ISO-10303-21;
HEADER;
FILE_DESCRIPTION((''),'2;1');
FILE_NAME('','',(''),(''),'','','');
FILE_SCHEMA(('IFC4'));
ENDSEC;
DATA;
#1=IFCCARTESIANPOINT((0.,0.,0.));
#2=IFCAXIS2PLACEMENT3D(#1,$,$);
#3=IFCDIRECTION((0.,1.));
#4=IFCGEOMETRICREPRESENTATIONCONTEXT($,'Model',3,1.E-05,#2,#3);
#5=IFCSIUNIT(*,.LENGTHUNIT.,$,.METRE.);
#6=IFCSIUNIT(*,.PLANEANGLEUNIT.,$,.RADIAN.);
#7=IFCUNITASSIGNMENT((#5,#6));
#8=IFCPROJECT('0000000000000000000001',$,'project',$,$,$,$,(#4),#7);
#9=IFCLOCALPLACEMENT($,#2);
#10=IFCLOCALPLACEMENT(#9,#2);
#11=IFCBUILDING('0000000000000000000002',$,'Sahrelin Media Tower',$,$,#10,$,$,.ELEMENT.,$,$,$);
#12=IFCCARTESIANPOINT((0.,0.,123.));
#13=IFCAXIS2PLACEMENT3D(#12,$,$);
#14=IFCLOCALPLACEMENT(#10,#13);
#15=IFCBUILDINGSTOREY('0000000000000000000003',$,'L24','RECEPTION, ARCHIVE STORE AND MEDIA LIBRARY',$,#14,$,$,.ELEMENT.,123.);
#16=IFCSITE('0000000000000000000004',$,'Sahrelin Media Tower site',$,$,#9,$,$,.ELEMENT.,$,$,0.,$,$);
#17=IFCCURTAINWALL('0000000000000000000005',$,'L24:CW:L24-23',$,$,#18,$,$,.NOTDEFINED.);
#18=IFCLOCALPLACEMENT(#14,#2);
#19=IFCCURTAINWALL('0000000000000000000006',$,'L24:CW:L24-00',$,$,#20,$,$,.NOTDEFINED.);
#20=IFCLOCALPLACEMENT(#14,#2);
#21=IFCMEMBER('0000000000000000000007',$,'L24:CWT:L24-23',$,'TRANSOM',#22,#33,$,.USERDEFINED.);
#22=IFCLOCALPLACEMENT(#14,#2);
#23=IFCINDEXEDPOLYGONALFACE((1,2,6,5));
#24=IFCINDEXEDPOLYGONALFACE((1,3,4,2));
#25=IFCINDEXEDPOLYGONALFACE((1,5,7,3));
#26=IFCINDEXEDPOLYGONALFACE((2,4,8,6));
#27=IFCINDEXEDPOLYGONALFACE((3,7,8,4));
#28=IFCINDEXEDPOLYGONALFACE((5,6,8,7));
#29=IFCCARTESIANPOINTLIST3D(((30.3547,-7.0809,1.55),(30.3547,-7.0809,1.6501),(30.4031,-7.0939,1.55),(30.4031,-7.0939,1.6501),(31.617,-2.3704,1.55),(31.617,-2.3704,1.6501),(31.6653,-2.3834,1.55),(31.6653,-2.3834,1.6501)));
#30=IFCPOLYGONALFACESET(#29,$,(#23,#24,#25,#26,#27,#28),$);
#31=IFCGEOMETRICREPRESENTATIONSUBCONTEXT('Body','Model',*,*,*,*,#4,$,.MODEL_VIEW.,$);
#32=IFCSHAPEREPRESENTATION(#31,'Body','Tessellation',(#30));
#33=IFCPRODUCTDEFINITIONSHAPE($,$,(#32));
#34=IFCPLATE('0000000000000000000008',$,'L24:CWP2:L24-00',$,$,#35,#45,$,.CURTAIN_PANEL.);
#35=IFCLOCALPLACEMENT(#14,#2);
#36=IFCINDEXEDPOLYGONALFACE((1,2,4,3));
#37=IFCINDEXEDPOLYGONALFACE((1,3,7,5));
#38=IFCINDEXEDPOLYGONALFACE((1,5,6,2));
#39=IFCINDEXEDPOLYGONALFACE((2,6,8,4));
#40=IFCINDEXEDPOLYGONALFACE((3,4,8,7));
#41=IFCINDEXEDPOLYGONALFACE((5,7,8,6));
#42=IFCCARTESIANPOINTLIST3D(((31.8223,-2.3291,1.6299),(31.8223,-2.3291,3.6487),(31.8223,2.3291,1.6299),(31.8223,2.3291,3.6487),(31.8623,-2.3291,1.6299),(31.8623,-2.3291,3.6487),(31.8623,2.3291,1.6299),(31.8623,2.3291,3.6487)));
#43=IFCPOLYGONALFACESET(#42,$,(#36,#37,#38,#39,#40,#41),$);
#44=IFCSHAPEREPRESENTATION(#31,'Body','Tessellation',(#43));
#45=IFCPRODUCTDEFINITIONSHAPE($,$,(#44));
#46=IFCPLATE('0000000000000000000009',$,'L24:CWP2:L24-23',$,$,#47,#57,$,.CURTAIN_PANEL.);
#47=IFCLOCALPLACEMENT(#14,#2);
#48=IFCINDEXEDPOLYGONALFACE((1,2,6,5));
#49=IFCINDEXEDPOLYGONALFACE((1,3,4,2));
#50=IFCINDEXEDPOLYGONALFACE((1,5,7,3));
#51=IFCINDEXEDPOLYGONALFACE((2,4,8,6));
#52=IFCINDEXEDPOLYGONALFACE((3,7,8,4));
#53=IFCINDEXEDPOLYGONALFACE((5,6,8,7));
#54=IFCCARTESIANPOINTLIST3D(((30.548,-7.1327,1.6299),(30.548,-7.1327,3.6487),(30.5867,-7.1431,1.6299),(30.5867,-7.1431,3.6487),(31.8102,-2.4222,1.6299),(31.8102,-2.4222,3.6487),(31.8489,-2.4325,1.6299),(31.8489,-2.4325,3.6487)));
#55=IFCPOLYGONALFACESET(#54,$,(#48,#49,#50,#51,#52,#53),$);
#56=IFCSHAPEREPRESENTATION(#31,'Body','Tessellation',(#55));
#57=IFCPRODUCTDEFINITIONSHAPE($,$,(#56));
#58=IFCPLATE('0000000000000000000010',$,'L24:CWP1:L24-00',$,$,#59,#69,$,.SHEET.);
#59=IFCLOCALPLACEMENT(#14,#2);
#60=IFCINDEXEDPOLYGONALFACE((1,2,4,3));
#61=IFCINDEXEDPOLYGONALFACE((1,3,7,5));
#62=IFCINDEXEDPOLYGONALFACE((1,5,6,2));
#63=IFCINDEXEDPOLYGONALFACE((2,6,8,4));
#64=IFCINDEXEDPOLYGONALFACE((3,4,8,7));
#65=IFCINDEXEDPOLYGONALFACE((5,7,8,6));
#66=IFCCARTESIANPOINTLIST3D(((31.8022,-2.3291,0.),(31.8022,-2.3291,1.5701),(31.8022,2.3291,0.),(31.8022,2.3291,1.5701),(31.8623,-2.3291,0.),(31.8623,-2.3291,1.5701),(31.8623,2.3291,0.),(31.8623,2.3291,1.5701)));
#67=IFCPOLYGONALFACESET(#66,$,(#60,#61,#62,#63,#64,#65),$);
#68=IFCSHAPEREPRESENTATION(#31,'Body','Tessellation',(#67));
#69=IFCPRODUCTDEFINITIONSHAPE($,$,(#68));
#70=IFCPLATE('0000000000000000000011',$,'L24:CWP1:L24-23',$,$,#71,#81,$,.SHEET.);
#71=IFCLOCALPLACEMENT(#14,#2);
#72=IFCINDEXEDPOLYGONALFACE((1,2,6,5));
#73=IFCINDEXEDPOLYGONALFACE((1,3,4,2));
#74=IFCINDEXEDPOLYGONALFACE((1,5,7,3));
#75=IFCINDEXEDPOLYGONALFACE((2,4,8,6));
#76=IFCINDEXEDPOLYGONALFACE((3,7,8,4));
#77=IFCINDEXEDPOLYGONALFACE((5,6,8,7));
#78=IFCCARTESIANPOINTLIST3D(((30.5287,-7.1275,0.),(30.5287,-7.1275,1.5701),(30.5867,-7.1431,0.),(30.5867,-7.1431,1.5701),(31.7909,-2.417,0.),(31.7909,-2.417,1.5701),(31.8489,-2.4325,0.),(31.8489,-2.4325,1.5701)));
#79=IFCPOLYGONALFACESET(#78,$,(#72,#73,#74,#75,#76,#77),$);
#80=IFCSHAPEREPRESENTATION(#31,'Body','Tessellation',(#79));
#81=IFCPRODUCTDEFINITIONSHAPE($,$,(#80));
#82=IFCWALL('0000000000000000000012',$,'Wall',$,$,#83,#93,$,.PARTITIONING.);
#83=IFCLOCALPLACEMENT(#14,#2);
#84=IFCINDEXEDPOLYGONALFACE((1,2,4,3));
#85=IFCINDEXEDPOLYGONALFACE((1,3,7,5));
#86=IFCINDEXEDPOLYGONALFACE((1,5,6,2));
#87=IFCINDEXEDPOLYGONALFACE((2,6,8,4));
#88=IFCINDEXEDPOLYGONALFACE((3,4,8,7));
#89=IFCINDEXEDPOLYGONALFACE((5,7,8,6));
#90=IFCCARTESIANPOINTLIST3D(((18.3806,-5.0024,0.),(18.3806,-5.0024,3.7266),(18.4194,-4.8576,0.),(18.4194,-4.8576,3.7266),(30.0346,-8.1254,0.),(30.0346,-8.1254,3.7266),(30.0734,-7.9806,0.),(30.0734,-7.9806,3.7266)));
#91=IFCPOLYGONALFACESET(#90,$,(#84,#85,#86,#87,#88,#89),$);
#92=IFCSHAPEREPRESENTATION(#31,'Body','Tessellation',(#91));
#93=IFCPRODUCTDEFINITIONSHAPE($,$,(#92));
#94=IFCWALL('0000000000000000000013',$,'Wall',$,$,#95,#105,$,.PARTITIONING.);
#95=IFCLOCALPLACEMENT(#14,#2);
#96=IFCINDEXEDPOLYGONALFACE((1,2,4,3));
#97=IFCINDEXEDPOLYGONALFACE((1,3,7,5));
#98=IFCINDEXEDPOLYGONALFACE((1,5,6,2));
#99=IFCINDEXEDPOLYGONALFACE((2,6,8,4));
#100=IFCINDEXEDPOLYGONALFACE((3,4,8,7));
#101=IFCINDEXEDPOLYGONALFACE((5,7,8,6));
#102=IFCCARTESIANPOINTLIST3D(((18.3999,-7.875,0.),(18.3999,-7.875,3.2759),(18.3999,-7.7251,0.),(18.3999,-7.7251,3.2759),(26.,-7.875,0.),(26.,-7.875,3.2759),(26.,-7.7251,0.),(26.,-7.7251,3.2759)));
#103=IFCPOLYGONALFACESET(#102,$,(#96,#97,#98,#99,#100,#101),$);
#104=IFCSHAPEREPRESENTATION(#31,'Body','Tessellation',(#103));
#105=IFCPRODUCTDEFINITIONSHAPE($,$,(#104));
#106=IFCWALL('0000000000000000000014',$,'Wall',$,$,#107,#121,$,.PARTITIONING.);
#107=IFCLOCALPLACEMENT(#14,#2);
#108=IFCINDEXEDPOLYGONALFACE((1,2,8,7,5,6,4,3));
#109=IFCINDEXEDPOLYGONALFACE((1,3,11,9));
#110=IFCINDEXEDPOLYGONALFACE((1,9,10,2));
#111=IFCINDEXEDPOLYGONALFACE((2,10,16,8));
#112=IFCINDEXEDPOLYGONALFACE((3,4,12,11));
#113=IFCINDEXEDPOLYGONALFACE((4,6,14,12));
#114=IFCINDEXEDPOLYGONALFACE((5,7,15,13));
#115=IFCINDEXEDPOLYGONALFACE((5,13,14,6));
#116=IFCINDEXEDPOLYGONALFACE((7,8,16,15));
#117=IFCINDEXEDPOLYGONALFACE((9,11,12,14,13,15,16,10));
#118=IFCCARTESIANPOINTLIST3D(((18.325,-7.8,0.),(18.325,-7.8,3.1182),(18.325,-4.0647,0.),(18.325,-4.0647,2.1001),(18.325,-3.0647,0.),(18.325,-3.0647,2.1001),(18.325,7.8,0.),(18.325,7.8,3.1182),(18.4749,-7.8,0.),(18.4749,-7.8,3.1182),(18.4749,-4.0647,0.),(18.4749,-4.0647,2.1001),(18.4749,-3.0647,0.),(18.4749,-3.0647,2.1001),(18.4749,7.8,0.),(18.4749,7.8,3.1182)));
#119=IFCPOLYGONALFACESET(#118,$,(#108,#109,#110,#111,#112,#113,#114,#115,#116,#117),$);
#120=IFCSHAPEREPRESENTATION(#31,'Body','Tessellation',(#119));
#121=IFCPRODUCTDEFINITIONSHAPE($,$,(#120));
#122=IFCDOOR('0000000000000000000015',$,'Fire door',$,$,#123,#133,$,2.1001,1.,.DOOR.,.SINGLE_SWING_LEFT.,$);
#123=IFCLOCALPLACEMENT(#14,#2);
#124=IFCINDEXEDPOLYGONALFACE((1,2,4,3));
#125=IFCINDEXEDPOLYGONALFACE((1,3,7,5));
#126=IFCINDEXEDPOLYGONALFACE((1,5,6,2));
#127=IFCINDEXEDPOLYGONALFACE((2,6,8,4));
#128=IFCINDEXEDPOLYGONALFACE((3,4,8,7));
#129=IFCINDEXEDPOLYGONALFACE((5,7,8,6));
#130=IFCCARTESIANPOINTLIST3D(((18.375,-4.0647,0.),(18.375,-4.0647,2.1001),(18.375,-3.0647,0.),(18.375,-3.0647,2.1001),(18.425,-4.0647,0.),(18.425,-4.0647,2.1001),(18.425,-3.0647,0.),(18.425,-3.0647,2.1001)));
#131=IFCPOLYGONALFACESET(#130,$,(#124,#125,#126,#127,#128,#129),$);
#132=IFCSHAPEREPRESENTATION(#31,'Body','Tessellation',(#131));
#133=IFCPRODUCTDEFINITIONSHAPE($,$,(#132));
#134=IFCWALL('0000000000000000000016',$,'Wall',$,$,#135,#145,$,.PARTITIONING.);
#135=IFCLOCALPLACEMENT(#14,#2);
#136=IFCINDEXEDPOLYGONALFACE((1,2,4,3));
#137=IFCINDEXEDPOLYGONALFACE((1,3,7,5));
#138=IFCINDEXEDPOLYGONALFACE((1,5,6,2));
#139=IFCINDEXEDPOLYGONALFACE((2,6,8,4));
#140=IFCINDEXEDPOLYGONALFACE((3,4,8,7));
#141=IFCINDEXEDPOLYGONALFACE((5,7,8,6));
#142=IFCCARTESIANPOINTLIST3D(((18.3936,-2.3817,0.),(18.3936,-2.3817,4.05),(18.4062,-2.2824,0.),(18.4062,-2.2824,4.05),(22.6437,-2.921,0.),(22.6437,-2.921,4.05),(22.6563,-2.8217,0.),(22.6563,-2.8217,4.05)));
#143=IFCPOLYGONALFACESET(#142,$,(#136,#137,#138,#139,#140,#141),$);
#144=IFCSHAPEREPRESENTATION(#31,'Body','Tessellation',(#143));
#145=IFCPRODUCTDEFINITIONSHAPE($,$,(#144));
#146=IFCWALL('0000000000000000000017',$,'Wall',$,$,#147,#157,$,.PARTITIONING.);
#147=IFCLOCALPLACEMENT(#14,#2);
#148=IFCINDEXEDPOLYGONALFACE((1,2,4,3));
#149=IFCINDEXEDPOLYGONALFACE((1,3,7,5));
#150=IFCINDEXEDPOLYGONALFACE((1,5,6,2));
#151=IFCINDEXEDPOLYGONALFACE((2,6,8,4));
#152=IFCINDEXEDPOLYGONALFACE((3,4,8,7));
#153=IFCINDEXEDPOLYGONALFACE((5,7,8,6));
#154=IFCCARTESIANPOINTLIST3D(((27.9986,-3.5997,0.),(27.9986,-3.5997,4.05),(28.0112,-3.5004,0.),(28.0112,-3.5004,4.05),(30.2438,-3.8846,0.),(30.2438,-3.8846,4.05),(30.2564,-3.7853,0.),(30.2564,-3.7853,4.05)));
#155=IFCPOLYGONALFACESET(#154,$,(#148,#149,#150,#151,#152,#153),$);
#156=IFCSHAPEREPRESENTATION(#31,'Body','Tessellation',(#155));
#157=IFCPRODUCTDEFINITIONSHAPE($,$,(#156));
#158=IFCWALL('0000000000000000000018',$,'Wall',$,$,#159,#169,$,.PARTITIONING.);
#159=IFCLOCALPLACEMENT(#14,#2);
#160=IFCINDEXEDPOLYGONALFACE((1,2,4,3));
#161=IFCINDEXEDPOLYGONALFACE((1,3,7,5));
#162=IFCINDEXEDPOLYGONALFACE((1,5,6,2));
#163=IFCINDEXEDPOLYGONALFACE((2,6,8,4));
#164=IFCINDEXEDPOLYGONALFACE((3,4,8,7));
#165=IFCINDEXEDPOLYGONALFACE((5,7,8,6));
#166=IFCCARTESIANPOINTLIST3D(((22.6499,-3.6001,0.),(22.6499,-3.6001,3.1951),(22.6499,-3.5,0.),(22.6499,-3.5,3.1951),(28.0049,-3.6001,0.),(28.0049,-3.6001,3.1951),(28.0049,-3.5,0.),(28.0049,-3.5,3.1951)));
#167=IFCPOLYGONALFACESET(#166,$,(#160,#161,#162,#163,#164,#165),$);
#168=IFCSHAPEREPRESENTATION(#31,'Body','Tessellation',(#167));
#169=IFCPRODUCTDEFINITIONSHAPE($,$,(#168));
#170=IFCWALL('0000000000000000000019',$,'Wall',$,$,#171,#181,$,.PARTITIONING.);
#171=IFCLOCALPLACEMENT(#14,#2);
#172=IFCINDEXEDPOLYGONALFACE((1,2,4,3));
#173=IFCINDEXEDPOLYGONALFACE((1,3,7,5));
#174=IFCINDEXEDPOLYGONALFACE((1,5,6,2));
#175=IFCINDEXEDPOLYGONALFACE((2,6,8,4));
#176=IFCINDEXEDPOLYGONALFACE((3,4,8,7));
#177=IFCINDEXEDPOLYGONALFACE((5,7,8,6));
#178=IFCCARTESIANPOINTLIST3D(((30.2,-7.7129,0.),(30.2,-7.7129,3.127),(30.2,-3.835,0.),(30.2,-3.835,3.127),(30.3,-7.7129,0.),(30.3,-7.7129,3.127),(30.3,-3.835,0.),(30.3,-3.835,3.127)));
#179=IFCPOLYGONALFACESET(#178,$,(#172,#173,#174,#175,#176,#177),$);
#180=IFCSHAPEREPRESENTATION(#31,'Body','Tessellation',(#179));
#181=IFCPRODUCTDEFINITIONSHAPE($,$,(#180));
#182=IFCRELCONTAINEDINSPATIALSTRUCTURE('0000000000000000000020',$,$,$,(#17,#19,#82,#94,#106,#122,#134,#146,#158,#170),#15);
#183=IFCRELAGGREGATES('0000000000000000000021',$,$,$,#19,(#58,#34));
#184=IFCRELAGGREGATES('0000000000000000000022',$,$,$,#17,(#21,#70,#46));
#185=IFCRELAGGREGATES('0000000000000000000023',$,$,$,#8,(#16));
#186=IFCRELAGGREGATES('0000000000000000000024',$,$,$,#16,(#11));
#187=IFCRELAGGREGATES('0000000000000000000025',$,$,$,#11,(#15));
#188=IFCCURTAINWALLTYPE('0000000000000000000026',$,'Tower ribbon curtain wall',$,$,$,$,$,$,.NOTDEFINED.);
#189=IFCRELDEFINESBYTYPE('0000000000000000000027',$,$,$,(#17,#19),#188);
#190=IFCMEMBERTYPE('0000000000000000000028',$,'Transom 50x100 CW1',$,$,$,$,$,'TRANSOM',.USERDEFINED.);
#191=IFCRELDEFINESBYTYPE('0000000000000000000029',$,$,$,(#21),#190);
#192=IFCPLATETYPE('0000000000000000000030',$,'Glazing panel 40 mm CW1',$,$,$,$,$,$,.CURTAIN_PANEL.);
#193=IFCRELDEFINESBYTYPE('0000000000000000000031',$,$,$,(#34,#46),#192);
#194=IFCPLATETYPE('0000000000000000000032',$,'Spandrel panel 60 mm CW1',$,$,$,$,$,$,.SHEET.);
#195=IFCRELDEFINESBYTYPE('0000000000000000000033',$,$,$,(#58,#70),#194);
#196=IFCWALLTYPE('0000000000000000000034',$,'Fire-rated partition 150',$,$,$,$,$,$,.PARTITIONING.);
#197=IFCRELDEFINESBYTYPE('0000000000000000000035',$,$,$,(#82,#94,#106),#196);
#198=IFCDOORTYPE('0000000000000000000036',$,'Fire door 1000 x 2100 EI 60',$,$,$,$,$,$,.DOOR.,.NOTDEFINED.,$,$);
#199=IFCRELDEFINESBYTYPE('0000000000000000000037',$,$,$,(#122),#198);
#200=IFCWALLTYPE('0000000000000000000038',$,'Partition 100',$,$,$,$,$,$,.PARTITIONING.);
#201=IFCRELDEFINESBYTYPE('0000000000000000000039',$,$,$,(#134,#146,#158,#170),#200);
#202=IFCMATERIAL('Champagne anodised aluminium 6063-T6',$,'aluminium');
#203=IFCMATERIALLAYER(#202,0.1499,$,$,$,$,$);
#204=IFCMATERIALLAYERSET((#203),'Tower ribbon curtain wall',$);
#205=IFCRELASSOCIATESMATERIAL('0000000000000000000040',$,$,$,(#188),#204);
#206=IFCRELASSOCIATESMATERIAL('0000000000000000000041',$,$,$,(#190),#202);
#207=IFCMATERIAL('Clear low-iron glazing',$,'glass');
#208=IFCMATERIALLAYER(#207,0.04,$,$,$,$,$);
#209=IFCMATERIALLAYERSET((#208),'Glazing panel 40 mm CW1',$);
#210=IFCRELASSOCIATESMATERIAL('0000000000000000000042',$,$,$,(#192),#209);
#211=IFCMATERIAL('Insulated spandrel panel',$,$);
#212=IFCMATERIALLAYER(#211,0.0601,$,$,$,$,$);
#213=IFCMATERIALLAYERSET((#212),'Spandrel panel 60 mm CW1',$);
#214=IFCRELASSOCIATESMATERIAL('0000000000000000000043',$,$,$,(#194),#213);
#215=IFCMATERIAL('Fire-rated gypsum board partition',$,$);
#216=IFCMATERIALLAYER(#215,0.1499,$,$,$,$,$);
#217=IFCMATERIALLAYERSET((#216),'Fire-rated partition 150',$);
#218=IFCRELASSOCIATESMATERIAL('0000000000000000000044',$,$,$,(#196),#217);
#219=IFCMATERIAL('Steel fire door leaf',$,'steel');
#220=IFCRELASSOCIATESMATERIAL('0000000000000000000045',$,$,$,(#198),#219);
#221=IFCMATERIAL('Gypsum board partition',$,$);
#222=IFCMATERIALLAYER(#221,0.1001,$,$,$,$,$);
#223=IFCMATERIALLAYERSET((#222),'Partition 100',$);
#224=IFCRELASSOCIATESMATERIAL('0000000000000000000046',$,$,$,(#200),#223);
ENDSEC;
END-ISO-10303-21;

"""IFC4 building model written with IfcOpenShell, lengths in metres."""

from ifc_helpers import new_model, si_unit, direction, frame, frame_2d, origin, origin_2d, place, context, subcontext, project, spatial, polyline, rectangle, outline, extrude, material, layer, layer_set, material_profile, profile_set, type_object, element, fill, aggregate, save


model = new_model("IFC4")

# Units and contexts
model_context = context("Model", 3, precision=1e-05, world=origin(), true_north=direction((0.0, 1.0)))
body_context = subcontext(model_context, "Body", "Model", "MODEL_VIEW")
ifc_project = project(units=[si_unit("LENGTHUNIT", "METRE"), si_unit("PLANEANGLEUNIT", "RADIAN")], contexts=[model_context])

# Site, building, storey
site_placement = place(None, origin())
site = spatial("IfcSite", under=ifc_project, at=site_placement, Name="Sahrelin Media Tower site", CompositionType="ELEMENT", RefElevation=0.0)
building_placement = place(site_placement, origin())
building = spatial("IfcBuilding", under=site, at=building_placement, Name="Sahrelin Media Tower", CompositionType="ELEMENT")
storey_placement = place(building_placement, frame((0.0, 0.0, 123.0)))
storey = spatial("IfcBuildingStorey", under=building, at=storey_placement, Name="L24", Description="RECEPTION, ARCHIVE STORE AND MEDIA LIBRARY", CompositionType="ELEMENT", Elevation=123.0)

# Curtain wall
ifc_material_1 = material(Name="Champagne anodised aluminium 6063-T6", Category="aluminium")
ifc_layer_1 = layer(ifc_material_1, 0.1499)
ifc_layer_set_1 = layer_set([ifc_layer_1], Name="Tower ribbon curtain wall")
curtain_wall_type = type_object("IfcCurtainWallType", Name="Tower ribbon curtain wall", PredefinedType="NOTDEFINED", material=ifc_layer_set_1)
curtain_wall_1_placement = place(storey_placement, frame((31.1985, -4.7827, 0.0), z_axis=(0.0, 0.0, 1.0), x_axis=(1.0, 0.0, 0.0)))
curtain_wall_1 = element("IfcCurtainWall", 1, at=curtain_wall_1_placement, inside=storey, type_object=curtain_wall_type, Name="L24:CW:L24-23", PredefinedType="NOTDEFINED")

# Curtain wall
curtain_wall_2_placement = place(storey_placement, frame((31.8423, 0.0, 0.0), z_axis=(0.0, 0.0, 1.0), x_axis=(1.0, 0.0, 0.0)))
curtain_wall_2 = element("IfcCurtainWall", 2, at=curtain_wall_2_placement, inside=storey, type_object=curtain_wall_type, Name="L24:CW:L24-00", PredefinedType="NOTDEFINED")
ifc_material_profile_1 = material_profile(ifc_material_1, rectangle(XDim=0.05, YDim=0.1001, at=origin_2d()), Name="Transom 50x100")
ifc_profile_set_1 = profile_set([ifc_material_profile_1], Name="Champagne anodised aluminium 6063-T6")
member_type_1 = type_object("IfcMemberType", Name="Transom 50x100 CW1", ElementType="TRANSOM", PredefinedType="USERDEFINED", material=ifc_profile_set_1)

# Member
member_1_placement = place(storey_placement, frame((30.3789, -7.0874, 1.6001), z_axis=(0.258828, 0.965923, 0.0), x_axis=(-0.965923, 0.258828, 0.0)))
member_1 = element("IfcMember", 3, at=member_1_placement, type_object=member_type_1, Name="L24:CWT:L24-23", ObjectType="TRANSOM", PredefinedType="USERDEFINED", context=body_context, shape_type="SweptSolid", body=[
    extrude(rectangle(XDim=0.05, YDim=0.1001, at=origin_2d()), origin(), (0.0, 0.0, 1.0), 4.8767),
])

# Plates
ifc_material_2 = material(Name="Clear low-iron glazing", Category="glass")
ifc_layer_2 = layer(ifc_material_2, 0.04)
ifc_layer_set_2 = layer_set([ifc_layer_2], Name="Glazing panel 40 mm CW1")
plate_type_1 = type_object("IfcPlateType", Name="Glazing panel 40 mm CW1", PredefinedType="CURTAIN_PANEL", material=ifc_layer_set_2)
plate_1_placement = place(storey_placement, frame((31.8623, -2.3291, 1.6299), z_axis=(1.0, 0.0, 0.0), x_axis=(0.0, 1.0, 0.0)))
plate_1 = element("IfcPlate", 4, at=plate_1_placement, type_object=plate_type_1, Name="L24:CWP2:L24-00", PredefinedType="CURTAIN_PANEL", context=body_context, shape_type="SweptSolid", body=[
    extrude(outline(polyline([(0.0, 0.0), (4.6582, 0.0), (4.6582, 2.0188), (0.0, 2.0188), (0.0, 0.0)])), origin(), (0.0, 0.0, -1.0), 0.04),
])
plate_2_placement = place(storey_placement, frame((30.5867, -7.1431, 1.6299), z_axis=(0.965923, -0.258828, 0.0), x_axis=(0.258828, 0.965923, 0.0)))
plate_2 = element("IfcPlate", 5, at=plate_2_placement, type_object=plate_type_1, Name="L24:CWP2:L24-23", PredefinedType="CURTAIN_PANEL", context=body_context, shape_type="SweptSolid", body=[
    extrude(outline(polyline([(0.0, 0.0), (4.8767, 0.0), (4.8767, 2.0188), (0.0, 2.0188), (0.0, 0.0)])), origin(), (0.0, 0.0, -1.0), 0.04),
])
ifc_material_3 = material(Name="Insulated spandrel panel")
ifc_layer_3 = layer(ifc_material_3, 0.0601)
ifc_layer_set_3 = layer_set([ifc_layer_3], Name="Spandrel panel 60 mm CW1")
plate_type_2 = type_object("IfcPlateType", Name="Spandrel panel 60 mm CW1", PredefinedType="SHEET", material=ifc_layer_set_3)
plate_3_placement = place(storey_placement, frame((31.8623, -2.3291, 0.0), z_axis=(1.0, 0.0, 0.0), x_axis=(0.0, 1.0, 0.0)))
plate_3 = element("IfcPlate", 6, at=plate_3_placement, type_object=plate_type_2, Name="L24:CWP1:L24-00", PredefinedType="SHEET", context=body_context, shape_type="SweptSolid", body=[
    extrude(outline(polyline([(0.0, 0.0), (4.6582, 0.0), (4.6582, 1.5701), (0.0, 1.5701), (0.0, 0.0)])), origin(), (0.0, 0.0, -1.0), 0.0601),
])
aggregate(curtain_wall_2, [plate_3, plate_1])
plate_4_placement = place(storey_placement, frame((30.5867, -7.1431, 0.0), z_axis=(0.965923, -0.258828, 0.0), x_axis=(0.258828, 0.965923, 0.0)))
plate_4 = element("IfcPlate", 7, at=plate_4_placement, type_object=plate_type_2, Name="L24:CWP1:L24-23", PredefinedType="SHEET", context=body_context, shape_type="SweptSolid", body=[
    extrude(outline(polyline([(0.0, 0.0), (4.8767, 0.0), (4.8767, 1.5701), (0.0, 1.5701), (0.0, 0.0)])), origin(), (0.0, 0.0, -1.0), 0.0601),
])
aggregate(curtain_wall_1, [member_1, plate_4, plate_2])

# Walls
ifc_material_4 = material(Name="Fire-rated gypsum board partition")
ifc_layer_4 = layer(ifc_material_4, 0.1499)
ifc_layer_set_4 = layer_set([ifc_layer_4], Name="Fire-rated partition 150")
wall_type_1 = type_object("IfcWallType", Name="Fire-rated partition 150", PredefinedType="PARTITIONING", material=ifc_layer_set_4)
wall_1_placement = place(storey_placement, frame((18.3999, -4.9299, 0.0), z_axis=(0.0, 0.0, 1.0), x_axis=(0.965919, -0.258846, 0.0)))
element("IfcWall", 8, at=wall_1_placement, inside=storey, type_object=wall_type_1, Name="Wall", PredefinedType="PARTITIONING", context=body_context, shape_type="SweptSolid", body=[
    extrude(rectangle(XDim=12.0652, YDim=0.1499, at=frame_2d((6.0327, 0.0))), origin(), (0.0, 0.0, 1.0), 3.7266),
])
wall_2_placement = place(storey_placement, frame((18.3999, -7.8, 0.0), z_axis=(0.0, 0.0, 1.0), x_axis=(1.0, 0.0, 0.0)))
element("IfcWall", 9, at=wall_2_placement, inside=storey, type_object=wall_type_1, Name="Wall", PredefinedType="PARTITIONING", context=body_context, shape_type="SweptSolid", body=[
    extrude(rectangle(XDim=7.6001, YDim=0.1499, at=frame_2d((3.8, 0.0))), origin(), (0.0, 0.0, 1.0), 3.2759),
])

# Wall, opening, door
wall_3_placement = place(storey_placement, frame((18.3999, -7.8, 0.0), z_axis=(0.0, 0.0, 1.0), x_axis=(0.0, 1.0, 0.0)))
wall_3 = element("IfcWall", 10, at=wall_3_placement, inside=storey, type_object=wall_type_1, Name="Wall", PredefinedType="PARTITIONING", context=body_context, shape_type="SweptSolid", body=[
    extrude(rectangle(XDim=15.6001, YDim=0.1499, at=frame_2d((7.8, 0.0))), origin(), (0.0, 0.0, 1.0), 3.1182),
])
opening_placement = place(wall_3_placement, frame((3.7354, 0.0, 0.0)))
opening = element("IfcOpeningElement", 11, at=opening_placement, cuts=wall_3, PredefinedType="OPENING", context=body_context, shape_type="SweptSolid", body=[
    extrude(rectangle(XDim=1.0, YDim=2.1001, at=frame_2d((0.5, 1.05))), frame((0.0, 0.075, 0.0), z_axis=(0.0, -1.0, 0.0), x_axis=(1.0, 0.0, 0.0)), (0.0, 0.0, 1.0), 0.1499),
])
ifc_material_5 = material(Name="Steel fire door leaf", Category="steel")
door_type = type_object("IfcDoorType", Name="Fire door 1000 x 2100 EI 60", OperationType="NOTDEFINED", PredefinedType="DOOR", material=ifc_material_5)
door_placement = place(opening_placement, origin())
door = element("IfcDoor", 12, at=door_placement, inside=storey, type_object=door_type, Name="Fire door", OperationType="SINGLE_SWING_LEFT", OverallHeight=2.1001, OverallWidth=1.0, PredefinedType="DOOR", context=body_context, shape_type="SweptSolid", body=[
    extrude(rectangle(XDim=1.0, YDim=2.1001, at=frame_2d((0.5, 1.05))), frame((0.0, 0.0249, 0.0), z_axis=(0.0, -1.0, 0.0), x_axis=(1.0, 0.0, 0.0)), (0.0, 0.0, 1.0), 0.05),
])
fill(opening, door)

# Walls
ifc_material_6 = material(Name="Gypsum board partition")
ifc_layer_5 = layer(ifc_material_6, 0.1001)
ifc_layer_set_5 = layer_set([ifc_layer_5], Name="Partition 100")
wall_type_2 = type_object("IfcWallType", Name="Partition 100", PredefinedType="PARTITIONING", material=ifc_layer_set_5)
wall_4_placement = place(storey_placement, frame((18.3999, -2.332, 0.0), z_axis=(0.0, 0.0, 1.0), x_axis=(0.992045, -0.125886, 0.0)))
element("IfcWall", 13, at=wall_4_placement, inside=storey, type_object=wall_type_2, Name="Wall", PredefinedType="PARTITIONING", context=body_context, shape_type="SweptSolid", body=[
    extrude(rectangle(XDim=4.2842, YDim=0.1001, at=frame_2d((2.1421, 0.0))), origin(), (0.0, 0.0, 1.0), 4.05),
])
wall_5_placement = place(storey_placement, frame((28.0049, -3.55, 0.0), z_axis=(0.0, 0.0, 1.0), x_axis=(0.992044, -0.125893, 0.0)))
element("IfcWall", 14, at=wall_5_placement, inside=storey, type_object=wall_type_2, Name="Wall", PredefinedType="PARTITIONING", context=body_context, shape_type="SweptSolid", body=[
    extrude(rectangle(XDim=2.2632, YDim=0.1001, at=frame_2d((1.1316, 0.0))), origin(), (0.0, 0.0, 1.0), 4.05),
])
wall_6_placement = place(storey_placement, frame((22.6499, -3.55, 0.0), z_axis=(0.0, 0.0, 1.0), x_axis=(1.0, 0.0, 0.0)))
element("IfcWall", 15, at=wall_6_placement, inside=storey, type_object=wall_type_2, Name="Wall", PredefinedType="PARTITIONING", context=body_context, shape_type="SweptSolid", body=[
    extrude(rectangle(XDim=5.355, YDim=0.1001, at=frame_2d((2.6775, 0.0))), origin(), (0.0, 0.0, 1.0), 3.1951),
])
wall_7_placement = place(storey_placement, frame((30.25, -7.7129, 0.0), z_axis=(0.0, 0.0, 1.0), x_axis=(0.0, 1.0, 0.0)))
element("IfcWall", 16, at=wall_7_placement, inside=storey, type_object=wall_type_2, Name="Wall", PredefinedType="PARTITIONING", context=body_context, shape_type="SweptSolid", body=[
    extrude(rectangle(XDim=3.8779, YDim=0.1001, at=frame_2d((1.939, 0.0))), origin(), (0.0, 0.0, 1.0), 3.127),
])

save(model, "model.ifc")
